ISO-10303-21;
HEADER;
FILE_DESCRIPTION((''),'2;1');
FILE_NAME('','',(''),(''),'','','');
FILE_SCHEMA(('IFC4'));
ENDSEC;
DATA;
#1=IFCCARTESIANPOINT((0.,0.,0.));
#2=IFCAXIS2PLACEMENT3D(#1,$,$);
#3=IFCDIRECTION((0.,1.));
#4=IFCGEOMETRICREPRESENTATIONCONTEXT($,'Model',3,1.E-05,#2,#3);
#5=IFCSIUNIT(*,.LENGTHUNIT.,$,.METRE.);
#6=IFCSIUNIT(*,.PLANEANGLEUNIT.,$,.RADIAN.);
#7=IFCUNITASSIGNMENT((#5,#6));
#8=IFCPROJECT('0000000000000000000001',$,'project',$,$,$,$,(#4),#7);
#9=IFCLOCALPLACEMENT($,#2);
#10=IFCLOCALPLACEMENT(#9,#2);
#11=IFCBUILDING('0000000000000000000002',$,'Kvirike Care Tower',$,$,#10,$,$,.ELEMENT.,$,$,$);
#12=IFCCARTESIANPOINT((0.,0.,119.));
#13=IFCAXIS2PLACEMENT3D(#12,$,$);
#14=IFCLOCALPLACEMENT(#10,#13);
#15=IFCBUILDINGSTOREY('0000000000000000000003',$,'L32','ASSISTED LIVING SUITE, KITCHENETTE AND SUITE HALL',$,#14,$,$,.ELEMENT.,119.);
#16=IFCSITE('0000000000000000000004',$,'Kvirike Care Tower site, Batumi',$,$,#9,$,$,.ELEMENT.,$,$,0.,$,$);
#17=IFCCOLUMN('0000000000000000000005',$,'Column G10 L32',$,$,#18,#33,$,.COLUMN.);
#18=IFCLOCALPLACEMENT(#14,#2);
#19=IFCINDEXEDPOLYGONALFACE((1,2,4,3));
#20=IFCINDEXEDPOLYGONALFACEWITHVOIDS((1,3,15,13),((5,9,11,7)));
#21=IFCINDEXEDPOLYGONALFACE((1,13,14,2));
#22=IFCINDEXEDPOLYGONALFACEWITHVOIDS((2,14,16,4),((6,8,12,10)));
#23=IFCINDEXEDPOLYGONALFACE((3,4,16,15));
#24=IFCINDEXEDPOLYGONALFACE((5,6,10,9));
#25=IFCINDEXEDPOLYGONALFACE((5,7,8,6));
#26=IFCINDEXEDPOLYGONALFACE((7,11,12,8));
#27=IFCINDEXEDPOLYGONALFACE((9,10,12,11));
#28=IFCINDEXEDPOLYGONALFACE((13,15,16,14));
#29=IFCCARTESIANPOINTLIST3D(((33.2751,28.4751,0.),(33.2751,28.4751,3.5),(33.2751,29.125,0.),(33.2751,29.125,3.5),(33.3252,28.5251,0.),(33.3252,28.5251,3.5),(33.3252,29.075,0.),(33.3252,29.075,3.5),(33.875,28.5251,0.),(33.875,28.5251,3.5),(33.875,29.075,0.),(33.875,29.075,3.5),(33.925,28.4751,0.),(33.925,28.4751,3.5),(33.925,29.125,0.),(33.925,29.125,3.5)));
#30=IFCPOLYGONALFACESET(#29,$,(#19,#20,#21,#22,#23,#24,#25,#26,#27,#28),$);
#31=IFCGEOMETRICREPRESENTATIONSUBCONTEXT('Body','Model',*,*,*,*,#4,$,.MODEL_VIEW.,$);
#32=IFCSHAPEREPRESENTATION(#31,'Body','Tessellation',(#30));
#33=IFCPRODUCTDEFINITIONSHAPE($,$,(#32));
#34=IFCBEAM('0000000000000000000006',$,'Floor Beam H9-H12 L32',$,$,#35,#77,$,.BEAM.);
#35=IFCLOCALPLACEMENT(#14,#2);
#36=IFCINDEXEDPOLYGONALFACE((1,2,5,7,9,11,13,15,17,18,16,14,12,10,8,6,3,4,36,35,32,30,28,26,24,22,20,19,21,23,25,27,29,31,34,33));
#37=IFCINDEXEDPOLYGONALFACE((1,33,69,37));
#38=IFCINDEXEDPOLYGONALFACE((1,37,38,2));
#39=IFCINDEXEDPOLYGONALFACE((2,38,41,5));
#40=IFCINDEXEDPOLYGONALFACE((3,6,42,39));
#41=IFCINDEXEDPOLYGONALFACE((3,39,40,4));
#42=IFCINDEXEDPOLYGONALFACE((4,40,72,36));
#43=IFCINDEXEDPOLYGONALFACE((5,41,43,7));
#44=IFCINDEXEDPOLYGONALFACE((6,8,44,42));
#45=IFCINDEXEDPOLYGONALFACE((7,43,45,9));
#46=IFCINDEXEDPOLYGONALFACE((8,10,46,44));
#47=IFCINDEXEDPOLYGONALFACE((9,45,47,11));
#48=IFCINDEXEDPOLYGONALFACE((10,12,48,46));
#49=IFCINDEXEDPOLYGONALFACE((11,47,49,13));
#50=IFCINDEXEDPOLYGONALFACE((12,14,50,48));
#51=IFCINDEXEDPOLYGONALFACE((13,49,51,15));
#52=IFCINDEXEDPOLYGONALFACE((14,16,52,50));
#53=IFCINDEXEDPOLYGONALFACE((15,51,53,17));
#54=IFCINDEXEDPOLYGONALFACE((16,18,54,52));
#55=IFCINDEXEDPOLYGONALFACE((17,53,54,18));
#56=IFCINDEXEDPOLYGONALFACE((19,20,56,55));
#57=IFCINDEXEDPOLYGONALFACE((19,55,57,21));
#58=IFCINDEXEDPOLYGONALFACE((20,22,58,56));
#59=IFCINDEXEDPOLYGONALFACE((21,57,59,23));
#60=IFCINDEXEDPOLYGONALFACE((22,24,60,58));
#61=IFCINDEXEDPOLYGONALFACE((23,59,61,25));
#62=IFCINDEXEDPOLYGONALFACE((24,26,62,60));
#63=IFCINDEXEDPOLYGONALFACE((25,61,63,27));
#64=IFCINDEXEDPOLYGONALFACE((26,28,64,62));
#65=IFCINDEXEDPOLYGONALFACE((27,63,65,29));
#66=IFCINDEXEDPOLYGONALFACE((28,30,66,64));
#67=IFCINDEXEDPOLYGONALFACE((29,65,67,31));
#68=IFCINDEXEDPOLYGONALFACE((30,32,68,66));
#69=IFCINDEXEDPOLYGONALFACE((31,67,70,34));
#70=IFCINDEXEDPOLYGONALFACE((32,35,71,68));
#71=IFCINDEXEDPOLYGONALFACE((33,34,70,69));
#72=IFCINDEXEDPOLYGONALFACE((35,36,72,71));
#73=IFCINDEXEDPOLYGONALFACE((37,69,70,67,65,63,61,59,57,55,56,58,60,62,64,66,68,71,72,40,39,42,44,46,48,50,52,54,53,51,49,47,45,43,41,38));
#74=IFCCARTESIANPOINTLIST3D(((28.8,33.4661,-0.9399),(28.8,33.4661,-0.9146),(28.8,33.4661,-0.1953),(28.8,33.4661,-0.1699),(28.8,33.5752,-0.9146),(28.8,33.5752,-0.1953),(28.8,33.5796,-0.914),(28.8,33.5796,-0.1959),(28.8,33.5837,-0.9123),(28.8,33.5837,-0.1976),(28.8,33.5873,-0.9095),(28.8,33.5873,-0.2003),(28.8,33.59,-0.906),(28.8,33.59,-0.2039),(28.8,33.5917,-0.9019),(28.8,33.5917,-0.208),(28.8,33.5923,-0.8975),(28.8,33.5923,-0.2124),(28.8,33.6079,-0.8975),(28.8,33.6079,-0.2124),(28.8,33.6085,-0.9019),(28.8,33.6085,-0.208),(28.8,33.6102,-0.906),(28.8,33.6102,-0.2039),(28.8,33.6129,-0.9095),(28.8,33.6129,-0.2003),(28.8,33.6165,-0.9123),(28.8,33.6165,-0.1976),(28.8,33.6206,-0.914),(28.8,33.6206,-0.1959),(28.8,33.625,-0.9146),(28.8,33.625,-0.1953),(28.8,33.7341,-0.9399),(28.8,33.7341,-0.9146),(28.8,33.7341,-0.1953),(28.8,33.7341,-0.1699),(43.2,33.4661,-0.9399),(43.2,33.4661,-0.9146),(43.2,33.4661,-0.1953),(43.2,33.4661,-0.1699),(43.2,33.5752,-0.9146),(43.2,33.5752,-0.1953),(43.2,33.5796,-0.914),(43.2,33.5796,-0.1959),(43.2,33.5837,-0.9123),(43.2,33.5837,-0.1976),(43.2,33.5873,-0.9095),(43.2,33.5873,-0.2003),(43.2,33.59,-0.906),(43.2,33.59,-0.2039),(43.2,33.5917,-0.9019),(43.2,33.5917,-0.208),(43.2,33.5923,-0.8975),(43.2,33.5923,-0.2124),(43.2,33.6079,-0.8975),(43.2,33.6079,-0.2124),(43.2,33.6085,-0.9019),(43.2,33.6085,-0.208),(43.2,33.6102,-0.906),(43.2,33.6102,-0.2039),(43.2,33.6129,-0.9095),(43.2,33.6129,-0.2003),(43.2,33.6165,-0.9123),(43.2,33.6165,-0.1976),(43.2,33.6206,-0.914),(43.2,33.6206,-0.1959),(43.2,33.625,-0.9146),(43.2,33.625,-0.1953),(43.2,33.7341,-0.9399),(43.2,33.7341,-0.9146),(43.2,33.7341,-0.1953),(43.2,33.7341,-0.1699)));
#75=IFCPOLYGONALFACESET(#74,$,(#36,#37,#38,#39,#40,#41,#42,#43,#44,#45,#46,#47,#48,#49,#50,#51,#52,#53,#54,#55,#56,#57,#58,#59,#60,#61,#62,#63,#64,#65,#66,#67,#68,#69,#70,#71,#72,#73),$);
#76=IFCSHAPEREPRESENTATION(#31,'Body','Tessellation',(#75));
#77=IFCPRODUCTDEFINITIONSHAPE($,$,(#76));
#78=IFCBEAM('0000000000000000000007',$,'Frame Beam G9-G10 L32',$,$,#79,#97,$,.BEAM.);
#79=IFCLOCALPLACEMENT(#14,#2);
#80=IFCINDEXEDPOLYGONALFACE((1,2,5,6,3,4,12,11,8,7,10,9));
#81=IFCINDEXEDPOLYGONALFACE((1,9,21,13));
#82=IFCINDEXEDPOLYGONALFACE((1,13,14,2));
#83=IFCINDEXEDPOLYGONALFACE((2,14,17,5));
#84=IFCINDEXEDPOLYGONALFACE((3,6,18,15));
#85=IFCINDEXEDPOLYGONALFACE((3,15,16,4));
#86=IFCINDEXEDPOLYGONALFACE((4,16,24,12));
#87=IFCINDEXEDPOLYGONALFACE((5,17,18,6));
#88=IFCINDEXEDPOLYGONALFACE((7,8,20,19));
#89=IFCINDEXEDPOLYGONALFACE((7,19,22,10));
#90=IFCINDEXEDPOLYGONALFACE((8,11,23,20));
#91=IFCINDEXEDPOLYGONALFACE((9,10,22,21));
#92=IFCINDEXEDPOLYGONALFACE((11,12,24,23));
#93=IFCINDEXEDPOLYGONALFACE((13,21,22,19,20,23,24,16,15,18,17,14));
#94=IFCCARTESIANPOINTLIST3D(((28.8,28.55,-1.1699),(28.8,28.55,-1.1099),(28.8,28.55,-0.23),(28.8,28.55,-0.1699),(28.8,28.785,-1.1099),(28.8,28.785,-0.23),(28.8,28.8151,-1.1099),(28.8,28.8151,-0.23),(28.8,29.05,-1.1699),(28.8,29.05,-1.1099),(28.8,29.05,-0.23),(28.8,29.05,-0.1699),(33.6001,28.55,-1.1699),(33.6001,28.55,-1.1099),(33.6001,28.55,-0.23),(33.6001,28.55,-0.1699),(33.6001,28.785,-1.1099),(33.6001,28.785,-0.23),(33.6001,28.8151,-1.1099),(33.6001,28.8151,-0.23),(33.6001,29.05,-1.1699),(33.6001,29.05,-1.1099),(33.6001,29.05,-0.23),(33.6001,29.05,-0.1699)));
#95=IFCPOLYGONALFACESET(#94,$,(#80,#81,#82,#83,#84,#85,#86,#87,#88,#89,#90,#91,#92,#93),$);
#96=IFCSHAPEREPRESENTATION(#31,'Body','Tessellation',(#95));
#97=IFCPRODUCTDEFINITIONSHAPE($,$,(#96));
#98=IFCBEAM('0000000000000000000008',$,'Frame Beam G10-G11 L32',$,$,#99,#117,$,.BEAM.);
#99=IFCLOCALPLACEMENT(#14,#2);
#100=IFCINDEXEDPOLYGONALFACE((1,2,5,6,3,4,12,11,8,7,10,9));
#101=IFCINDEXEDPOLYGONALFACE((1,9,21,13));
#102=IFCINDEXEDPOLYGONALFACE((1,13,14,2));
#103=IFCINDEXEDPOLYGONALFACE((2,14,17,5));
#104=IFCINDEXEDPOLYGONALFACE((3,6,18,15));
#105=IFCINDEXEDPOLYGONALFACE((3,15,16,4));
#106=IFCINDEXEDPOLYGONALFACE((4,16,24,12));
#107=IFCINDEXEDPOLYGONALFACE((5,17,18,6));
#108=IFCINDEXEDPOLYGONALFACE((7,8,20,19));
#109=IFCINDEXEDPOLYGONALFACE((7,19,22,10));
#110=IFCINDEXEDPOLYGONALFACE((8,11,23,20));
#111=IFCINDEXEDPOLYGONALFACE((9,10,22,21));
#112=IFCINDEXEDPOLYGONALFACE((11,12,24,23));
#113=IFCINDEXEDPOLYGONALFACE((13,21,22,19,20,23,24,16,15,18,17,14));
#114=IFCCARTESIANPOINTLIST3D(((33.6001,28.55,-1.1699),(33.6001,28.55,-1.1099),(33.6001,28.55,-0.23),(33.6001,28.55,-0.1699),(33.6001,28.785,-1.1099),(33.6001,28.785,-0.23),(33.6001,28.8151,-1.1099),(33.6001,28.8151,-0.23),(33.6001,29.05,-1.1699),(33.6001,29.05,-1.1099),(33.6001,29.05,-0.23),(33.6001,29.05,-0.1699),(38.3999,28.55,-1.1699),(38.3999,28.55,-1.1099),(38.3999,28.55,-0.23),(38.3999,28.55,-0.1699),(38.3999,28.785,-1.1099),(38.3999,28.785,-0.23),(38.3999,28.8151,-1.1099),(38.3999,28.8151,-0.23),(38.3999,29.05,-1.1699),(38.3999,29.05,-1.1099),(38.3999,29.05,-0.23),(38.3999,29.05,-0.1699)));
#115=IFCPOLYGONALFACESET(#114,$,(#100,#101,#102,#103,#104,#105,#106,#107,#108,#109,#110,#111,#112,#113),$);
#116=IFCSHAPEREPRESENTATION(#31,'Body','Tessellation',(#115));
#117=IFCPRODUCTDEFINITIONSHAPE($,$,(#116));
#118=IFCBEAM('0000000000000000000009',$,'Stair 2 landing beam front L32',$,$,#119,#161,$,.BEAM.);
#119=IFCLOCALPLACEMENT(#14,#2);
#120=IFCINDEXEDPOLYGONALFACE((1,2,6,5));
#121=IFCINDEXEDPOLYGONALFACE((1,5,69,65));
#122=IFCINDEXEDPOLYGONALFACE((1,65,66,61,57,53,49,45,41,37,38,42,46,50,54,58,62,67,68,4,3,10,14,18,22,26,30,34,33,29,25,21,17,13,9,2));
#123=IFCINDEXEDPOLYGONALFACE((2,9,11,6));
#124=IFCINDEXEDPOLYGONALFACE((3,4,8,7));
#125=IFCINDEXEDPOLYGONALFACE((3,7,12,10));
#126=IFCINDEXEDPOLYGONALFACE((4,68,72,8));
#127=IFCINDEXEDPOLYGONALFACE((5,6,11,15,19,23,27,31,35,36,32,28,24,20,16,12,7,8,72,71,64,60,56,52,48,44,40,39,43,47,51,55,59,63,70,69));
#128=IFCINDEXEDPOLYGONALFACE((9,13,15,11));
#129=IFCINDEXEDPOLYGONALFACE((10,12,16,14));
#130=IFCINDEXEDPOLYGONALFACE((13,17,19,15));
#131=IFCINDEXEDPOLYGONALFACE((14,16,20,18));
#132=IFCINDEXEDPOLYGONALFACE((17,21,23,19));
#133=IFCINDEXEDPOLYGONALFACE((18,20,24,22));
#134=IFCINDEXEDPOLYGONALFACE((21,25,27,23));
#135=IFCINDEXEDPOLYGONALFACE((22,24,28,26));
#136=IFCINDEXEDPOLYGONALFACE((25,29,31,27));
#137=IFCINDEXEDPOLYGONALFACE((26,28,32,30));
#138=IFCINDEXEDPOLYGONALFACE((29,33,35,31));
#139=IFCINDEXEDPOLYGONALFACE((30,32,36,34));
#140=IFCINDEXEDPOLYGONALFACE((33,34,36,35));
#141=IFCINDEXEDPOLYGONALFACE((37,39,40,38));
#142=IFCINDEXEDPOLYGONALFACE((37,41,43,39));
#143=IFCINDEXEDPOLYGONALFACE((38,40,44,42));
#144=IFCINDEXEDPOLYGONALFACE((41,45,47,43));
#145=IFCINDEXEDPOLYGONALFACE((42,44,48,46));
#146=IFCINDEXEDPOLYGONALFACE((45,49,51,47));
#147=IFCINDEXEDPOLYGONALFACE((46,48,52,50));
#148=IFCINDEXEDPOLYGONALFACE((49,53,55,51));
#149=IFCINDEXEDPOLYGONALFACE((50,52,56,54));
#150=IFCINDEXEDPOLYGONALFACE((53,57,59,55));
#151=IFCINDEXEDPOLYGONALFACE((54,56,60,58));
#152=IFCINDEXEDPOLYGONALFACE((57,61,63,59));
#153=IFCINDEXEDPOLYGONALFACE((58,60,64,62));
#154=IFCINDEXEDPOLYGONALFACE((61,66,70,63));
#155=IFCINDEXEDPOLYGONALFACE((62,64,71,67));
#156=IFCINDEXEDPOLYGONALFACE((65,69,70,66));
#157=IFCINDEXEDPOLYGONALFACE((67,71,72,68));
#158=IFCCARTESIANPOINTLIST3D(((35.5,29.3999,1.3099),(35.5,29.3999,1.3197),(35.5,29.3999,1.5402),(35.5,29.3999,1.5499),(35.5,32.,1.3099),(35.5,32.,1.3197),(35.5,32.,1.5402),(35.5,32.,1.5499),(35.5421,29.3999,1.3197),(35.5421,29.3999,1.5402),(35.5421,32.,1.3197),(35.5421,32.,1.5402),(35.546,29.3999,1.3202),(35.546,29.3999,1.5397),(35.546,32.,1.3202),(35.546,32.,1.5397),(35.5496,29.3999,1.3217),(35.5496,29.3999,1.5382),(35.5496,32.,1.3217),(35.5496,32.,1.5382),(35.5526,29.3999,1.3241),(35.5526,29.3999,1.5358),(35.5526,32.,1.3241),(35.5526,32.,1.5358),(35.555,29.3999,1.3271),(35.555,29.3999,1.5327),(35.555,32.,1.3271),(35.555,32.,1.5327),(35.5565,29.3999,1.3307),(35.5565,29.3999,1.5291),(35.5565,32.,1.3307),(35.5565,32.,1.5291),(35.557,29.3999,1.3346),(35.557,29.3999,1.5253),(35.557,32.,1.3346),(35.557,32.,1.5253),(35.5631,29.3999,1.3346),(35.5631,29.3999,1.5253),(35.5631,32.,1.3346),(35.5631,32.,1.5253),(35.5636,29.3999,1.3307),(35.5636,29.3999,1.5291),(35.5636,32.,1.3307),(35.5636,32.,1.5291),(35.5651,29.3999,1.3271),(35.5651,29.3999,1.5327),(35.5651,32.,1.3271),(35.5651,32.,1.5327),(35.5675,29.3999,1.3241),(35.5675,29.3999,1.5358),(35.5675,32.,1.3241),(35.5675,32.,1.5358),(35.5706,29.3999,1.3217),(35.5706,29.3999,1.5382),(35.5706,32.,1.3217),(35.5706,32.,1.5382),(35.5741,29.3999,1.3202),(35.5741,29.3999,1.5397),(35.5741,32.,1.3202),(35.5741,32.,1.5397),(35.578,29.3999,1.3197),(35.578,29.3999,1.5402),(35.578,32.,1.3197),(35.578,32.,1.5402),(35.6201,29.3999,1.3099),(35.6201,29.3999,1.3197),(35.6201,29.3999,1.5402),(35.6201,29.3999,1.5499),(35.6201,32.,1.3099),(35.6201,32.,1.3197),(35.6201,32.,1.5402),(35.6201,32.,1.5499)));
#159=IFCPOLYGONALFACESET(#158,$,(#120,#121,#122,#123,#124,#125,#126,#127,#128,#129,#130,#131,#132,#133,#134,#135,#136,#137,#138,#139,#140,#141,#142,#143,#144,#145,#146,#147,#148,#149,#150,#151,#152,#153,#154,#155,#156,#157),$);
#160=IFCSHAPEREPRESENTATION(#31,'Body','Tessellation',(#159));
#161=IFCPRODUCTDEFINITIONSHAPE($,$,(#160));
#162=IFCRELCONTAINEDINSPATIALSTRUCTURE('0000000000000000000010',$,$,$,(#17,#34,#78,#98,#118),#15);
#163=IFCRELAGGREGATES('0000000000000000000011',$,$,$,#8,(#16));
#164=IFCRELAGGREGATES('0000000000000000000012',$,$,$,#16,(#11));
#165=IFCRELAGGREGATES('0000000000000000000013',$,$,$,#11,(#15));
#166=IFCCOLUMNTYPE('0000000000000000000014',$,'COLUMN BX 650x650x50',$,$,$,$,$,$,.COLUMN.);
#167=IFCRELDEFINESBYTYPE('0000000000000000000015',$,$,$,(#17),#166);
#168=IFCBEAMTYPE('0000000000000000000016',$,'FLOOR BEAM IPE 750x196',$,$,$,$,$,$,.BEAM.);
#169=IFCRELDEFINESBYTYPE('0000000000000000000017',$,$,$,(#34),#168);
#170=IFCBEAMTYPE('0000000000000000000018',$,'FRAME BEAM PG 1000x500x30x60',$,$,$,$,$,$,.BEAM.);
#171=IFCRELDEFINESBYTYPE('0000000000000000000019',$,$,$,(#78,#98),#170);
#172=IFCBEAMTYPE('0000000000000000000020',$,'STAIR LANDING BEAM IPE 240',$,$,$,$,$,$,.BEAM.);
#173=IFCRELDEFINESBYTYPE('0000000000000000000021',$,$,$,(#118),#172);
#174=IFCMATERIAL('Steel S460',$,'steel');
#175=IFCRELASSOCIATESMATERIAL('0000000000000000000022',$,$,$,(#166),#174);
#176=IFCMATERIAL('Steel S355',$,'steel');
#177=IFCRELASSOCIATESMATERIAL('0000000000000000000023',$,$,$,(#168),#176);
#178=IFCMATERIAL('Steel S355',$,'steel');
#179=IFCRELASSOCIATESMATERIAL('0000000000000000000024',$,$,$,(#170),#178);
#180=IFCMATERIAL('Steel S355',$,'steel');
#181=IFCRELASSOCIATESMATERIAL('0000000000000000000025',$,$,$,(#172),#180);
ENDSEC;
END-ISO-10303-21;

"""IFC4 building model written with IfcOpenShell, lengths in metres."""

from ifc_helpers import new_model, si_unit, direction, frame, origin, origin_2d, place, context, subcontext, project, spatial, hollow_rectangle, i_section, extrude, material, material_profile, profile_set, type_object, element, save


model = new_model("IFC4")

# Units and contexts
model_context = context("Model", 3, precision=1e-05, world=origin(), true_north=direction((0.0, 1.0)))
body_context = subcontext(model_context, "Body", "Model", "MODEL_VIEW")
ifc_project = project(units=[si_unit("LENGTHUNIT", "METRE"), si_unit("PLANEANGLEUNIT", "RADIAN")], contexts=[model_context])

# Site, building, storey
site_placement = place(None, origin())
site = spatial("IfcSite", under=ifc_project, at=site_placement, Name="Kvirike Care Tower site, Batumi", CompositionType="ELEMENT", RefElevation=0.0)
building_placement = place(site_placement, origin())
building = spatial("IfcBuilding", under=site, at=building_placement, Name="Kvirike Care Tower", CompositionType="ELEMENT")
storey_placement = place(building_placement, frame((0.0, 0.0, 119.0)))
storey = spatial("IfcBuildingStorey", under=building, at=storey_placement, Name="L32", Description="ASSISTED LIVING SUITE, KITCHENETTE AND SUITE HALL", CompositionType="ELEMENT", Elevation=119.0)

# Column
ifc_material_1 = material(Name="Steel S460", Category="steel")
ifc_material_profile_1 = material_profile(ifc_material_1, hollow_rectangle(XDim=0.6499, YDim=0.6499, WallThickness=0.05, at=origin_2d()), Name="BX 650x650x50")
ifc_profile_set_1 = profile_set([ifc_material_profile_1], Name="Steel S460")
column_type = type_object("IfcColumnType", Name="COLUMN BX 650x650x50", PredefinedType="COLUMN", material=ifc_profile_set_1)
column_placement = place(storey_placement, frame((33.6001, 28.8, 0.0), z_axis=(0.0, 0.0, 1.0), x_axis=(0.0, 1.0, 0.0)))
element("IfcColumn", 1, at=column_placement, inside=storey, type_object=column_type, Name="Column G10 L32", PredefinedType="COLUMN", context=body_context, shape_type="SweptSolid", body=[
    extrude(hollow_rectangle(XDim=0.6499, YDim=0.6499, WallThickness=0.05, at=origin_2d()), origin(), (0.0, 0.0, 1.0), 3.5),
])

# Beams
ifc_material_2 = material(Name="Steel S355", Category="steel")
ifc_material_profile_2 = material_profile(ifc_material_2, i_section(OverallWidth=0.2681, OverallDepth=0.77, WebThickness=0.0156, FlangeThickness=0.0254, FilletRadius=0.0171, at=origin_2d()), Name="IPE 750x196")
ifc_profile_set_2 = profile_set([ifc_material_profile_2], Name="Steel S355")
beam_type_1 = type_object("IfcBeamType", Name="FLOOR BEAM IPE 750x196", PredefinedType="BEAM", material=ifc_profile_set_2)
beam_1_placement = place(storey_placement, frame((28.8, 33.6001, -0.5549), z_axis=(1.0, 0.0, 0.0), x_axis=(0.0, 1.0, 0.0)))
element("IfcBeam", 2, at=beam_1_placement, inside=storey, type_object=beam_type_1, Name="Floor Beam H9-H12 L32", PredefinedType="BEAM", context=body_context, shape_type="SweptSolid", body=[
    extrude(i_section(OverallWidth=0.2681, OverallDepth=0.77, WebThickness=0.0156, FlangeThickness=0.0254, FilletRadius=0.0171, at=origin_2d()), origin(), (0.0, 0.0, 1.0), 14.3999),
])
ifc_material_3 = material(Name="Steel S355", Category="steel")
ifc_material_profile_3 = material_profile(ifc_material_3, i_section(OverallWidth=0.5, OverallDepth=1.0, WebThickness=0.03, FlangeThickness=0.0601, at=origin_2d()), Name="PG 1000x500x30x60")
ifc_profile_set_3 = profile_set([ifc_material_profile_3], Name="Steel S355")
beam_type_2 = type_object("IfcBeamType", Name="FRAME BEAM PG 1000x500x30x60", PredefinedType="BEAM", material=ifc_profile_set_3)
beam_2_placement = place(storey_placement, frame((28.8, 28.8, -0.6699), z_axis=(1.0, 0.0, 0.0), x_axis=(0.0, 1.0, 0.0)))
element("IfcBeam", 3, at=beam_2_placement, inside=storey, type_object=beam_type_2, Name="Frame Beam G9-G10 L32", PredefinedType="BEAM", context=body_context, shape_type="SweptSolid", body=[
    extrude(i_section(OverallWidth=0.5, OverallDepth=1.0, WebThickness=0.03, FlangeThickness=0.0601, at=origin_2d()), origin(), (0.0, 0.0, 1.0), 4.8),
])
beam_3_placement = place(storey_placement, frame((33.6001, 28.8, -0.6699), z_axis=(1.0, 0.0, 0.0), x_axis=(0.0, 1.0, 0.0)))
element("IfcBeam", 4, at=beam_3_placement, inside=storey, type_object=beam_type_2, Name="Frame Beam G10-G11 L32", PredefinedType="BEAM", context=body_context, shape_type="SweptSolid", body=[
    extrude(i_section(OverallWidth=0.5, OverallDepth=1.0, WebThickness=0.03, FlangeThickness=0.0601, at=origin_2d()), origin(), (0.0, 0.0, 1.0), 4.7998),
])
ifc_material_4 = material(Name="Steel S355", Category="steel")
ifc_material_profile_4 = material_profile(ifc_material_4, i_section(OverallWidth=0.1201, OverallDepth=0.24, WebThickness=0.0061, FlangeThickness=0.0098, FilletRadius=0.0149, at=origin_2d()), Name="IPE 240")
ifc_profile_set_4 = profile_set([ifc_material_profile_4], Name="Steel S355")
beam_type_3 = type_object("IfcBeamType", Name="STAIR LANDING BEAM IPE 240", PredefinedType="BEAM", material=ifc_profile_set_4)
beam_4_placement = place(storey_placement, frame((35.5601, 29.3999, 1.4299), z_axis=(0.0, 1.0, 0.0), x_axis=(-1.0, 0.0, 0.0)))
element("IfcBeam", 5, at=beam_4_placement, inside=storey, type_object=beam_type_3, Name="Stair 2 landing beam front L32", PredefinedType="BEAM", context=body_context, shape_type="SweptSolid", body=[
    extrude(i_section(OverallWidth=0.1201, OverallDepth=0.24, WebThickness=0.0061, FlangeThickness=0.0098, FilletRadius=0.0149, at=origin_2d()), origin(), (0.0, 0.0, 1.0), 2.6001),
])

save(model, "model.ifc")
